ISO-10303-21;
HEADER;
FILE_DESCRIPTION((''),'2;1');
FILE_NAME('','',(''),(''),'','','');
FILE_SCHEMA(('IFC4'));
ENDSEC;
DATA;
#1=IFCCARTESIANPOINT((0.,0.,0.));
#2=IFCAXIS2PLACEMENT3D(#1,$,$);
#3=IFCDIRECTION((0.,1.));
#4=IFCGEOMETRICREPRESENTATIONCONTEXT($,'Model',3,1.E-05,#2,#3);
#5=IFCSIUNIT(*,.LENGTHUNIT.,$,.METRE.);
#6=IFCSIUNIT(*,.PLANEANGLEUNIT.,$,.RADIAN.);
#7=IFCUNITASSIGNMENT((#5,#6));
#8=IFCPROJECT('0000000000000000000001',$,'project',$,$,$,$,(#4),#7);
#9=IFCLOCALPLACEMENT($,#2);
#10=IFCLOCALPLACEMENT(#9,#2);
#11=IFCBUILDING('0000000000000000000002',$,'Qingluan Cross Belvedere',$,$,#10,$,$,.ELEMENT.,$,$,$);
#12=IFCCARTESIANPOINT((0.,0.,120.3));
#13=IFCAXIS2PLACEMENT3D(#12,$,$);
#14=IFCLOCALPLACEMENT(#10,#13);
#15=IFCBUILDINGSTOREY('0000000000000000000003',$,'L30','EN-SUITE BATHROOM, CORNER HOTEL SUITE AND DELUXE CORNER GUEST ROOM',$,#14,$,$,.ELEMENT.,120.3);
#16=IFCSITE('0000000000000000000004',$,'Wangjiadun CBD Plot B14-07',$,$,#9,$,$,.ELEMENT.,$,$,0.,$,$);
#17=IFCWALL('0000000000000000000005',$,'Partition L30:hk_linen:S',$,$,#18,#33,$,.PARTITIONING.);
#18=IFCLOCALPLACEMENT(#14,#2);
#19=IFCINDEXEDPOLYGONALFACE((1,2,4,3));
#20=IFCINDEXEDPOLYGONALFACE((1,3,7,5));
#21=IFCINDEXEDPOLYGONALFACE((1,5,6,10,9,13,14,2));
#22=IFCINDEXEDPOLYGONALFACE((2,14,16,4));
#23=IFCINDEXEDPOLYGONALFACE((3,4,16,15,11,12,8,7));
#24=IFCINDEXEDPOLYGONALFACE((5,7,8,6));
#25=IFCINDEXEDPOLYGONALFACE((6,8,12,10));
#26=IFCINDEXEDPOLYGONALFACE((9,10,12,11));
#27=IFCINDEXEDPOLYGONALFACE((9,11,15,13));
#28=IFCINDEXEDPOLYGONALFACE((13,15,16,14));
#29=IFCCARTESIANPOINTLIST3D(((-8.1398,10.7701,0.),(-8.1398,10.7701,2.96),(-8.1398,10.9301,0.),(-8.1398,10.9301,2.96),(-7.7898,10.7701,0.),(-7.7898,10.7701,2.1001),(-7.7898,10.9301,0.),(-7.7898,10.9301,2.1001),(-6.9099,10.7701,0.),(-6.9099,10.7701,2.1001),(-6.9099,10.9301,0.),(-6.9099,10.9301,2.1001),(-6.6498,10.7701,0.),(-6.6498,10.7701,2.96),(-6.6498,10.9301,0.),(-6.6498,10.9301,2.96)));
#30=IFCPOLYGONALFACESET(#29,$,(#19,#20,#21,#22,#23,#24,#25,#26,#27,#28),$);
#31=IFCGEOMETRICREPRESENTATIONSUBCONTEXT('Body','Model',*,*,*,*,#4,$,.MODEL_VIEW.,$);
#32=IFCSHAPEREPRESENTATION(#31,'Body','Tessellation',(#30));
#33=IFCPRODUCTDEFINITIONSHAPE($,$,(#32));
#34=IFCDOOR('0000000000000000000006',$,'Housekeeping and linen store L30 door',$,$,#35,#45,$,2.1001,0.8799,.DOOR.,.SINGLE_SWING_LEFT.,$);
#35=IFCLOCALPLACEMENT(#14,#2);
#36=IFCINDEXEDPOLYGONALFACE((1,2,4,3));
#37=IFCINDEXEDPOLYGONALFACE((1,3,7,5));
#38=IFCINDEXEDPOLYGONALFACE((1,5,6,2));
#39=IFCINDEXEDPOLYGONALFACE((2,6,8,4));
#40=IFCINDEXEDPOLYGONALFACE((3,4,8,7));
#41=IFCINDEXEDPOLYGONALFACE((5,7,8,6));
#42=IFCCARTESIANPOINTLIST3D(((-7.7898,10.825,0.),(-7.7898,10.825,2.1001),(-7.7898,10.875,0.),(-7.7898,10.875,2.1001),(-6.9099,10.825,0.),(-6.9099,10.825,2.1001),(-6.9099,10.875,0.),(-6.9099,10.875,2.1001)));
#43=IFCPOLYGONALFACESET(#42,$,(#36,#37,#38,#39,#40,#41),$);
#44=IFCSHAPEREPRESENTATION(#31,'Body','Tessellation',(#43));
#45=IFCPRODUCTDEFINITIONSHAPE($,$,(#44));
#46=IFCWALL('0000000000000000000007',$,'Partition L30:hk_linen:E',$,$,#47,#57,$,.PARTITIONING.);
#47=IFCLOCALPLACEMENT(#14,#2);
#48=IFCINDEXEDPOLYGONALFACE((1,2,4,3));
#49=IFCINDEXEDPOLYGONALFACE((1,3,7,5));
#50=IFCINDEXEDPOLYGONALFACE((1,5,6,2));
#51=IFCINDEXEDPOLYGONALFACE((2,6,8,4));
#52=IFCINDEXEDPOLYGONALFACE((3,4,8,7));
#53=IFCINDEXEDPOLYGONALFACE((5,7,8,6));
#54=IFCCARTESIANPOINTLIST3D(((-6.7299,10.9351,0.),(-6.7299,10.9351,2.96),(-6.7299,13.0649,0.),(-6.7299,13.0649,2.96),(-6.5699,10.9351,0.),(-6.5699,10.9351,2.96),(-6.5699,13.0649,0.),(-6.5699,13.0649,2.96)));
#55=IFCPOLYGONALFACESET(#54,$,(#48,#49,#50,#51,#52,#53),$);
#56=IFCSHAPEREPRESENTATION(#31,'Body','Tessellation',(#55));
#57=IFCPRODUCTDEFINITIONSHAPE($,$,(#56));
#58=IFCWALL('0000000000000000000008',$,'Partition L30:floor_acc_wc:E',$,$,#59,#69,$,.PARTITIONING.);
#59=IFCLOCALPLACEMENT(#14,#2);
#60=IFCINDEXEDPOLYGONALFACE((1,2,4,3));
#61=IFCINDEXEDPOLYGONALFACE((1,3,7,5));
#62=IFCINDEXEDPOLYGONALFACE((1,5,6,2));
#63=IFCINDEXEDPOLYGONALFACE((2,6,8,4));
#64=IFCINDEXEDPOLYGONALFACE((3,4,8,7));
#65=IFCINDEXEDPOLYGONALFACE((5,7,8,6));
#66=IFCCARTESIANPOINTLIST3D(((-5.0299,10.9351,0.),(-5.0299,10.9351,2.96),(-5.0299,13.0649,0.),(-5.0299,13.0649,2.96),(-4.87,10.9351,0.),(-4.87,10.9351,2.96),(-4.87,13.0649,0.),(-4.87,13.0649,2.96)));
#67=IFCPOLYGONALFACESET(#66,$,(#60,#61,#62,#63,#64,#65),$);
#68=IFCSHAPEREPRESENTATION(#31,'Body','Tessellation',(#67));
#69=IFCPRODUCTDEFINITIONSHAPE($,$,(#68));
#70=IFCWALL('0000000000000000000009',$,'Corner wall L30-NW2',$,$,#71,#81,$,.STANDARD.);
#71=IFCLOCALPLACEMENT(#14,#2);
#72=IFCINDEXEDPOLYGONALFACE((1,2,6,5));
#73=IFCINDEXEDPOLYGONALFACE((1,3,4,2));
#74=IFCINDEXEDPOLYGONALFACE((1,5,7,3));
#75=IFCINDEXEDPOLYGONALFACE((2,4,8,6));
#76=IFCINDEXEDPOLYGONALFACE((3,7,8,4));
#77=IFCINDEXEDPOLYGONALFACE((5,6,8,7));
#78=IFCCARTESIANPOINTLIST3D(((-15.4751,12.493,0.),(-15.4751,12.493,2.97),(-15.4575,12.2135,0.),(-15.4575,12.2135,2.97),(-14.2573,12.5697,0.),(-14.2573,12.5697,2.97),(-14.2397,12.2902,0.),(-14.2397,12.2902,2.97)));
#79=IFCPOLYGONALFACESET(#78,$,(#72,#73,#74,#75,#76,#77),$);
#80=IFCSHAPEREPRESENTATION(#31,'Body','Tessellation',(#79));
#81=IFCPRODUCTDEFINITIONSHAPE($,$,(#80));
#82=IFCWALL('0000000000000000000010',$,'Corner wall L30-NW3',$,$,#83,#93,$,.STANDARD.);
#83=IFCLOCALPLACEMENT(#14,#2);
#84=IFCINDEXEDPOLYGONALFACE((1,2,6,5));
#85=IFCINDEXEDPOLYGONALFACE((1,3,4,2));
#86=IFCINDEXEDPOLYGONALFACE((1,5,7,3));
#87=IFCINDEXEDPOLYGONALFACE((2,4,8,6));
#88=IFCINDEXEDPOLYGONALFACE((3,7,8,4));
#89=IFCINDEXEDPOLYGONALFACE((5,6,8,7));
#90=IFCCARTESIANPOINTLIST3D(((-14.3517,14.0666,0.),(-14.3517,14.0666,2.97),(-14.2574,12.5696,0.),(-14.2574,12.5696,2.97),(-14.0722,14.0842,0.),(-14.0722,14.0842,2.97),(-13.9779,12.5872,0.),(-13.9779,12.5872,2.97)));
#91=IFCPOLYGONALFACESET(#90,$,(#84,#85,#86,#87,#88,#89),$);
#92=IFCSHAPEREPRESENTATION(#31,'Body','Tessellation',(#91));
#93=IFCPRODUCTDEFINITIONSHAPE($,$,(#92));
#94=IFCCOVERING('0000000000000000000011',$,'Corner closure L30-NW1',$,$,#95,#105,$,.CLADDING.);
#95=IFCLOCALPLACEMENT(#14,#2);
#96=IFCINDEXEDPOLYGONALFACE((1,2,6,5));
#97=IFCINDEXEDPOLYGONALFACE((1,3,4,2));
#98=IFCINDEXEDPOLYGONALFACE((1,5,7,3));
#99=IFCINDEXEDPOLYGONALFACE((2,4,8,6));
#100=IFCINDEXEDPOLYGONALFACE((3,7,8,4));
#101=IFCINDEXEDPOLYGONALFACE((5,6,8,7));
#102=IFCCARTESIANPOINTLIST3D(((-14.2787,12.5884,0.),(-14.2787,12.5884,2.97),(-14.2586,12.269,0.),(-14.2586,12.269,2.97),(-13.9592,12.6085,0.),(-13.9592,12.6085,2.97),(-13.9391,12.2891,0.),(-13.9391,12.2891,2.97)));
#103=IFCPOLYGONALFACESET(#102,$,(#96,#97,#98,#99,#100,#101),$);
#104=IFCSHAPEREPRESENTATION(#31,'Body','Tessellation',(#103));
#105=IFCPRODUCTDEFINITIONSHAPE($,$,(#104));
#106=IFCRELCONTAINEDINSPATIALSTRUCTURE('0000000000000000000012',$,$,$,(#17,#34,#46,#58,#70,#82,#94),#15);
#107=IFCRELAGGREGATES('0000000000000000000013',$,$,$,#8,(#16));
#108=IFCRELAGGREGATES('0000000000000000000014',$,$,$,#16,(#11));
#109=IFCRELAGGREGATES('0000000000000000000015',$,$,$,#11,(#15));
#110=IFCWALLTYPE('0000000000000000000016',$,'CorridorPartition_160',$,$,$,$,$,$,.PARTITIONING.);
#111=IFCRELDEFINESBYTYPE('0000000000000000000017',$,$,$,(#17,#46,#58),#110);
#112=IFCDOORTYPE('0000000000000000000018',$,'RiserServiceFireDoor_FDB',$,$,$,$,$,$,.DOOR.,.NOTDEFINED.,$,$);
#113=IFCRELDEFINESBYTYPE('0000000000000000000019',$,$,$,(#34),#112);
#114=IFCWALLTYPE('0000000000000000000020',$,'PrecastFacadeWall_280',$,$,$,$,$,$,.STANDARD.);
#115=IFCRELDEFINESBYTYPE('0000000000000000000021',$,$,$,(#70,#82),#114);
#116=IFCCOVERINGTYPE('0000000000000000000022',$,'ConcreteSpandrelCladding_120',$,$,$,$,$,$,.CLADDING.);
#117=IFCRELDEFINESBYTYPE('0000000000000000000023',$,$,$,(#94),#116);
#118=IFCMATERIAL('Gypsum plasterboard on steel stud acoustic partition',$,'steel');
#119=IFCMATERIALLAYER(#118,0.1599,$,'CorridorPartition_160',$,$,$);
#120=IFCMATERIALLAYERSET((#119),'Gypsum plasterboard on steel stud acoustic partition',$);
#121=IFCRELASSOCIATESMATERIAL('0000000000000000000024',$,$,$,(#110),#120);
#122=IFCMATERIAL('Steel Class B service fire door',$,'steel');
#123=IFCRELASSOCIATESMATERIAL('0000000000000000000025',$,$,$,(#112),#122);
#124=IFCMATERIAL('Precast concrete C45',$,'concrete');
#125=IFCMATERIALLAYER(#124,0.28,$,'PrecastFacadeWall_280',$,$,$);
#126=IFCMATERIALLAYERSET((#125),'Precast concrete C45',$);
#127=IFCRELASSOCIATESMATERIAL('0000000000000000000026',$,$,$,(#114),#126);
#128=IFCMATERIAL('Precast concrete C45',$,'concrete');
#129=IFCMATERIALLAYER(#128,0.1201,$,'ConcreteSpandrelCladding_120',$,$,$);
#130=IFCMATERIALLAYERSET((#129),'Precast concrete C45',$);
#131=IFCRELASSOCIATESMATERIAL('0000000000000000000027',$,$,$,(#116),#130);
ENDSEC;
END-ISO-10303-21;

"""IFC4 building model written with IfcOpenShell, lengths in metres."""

from ifc_helpers import new_model, si_unit, direction, frame, frame_2d, origin, origin_2d, place, context, subcontext, project, spatial, rectangle, extrude, material, layer, layer_set, type_object, element, fill, save


model = new_model("IFC4")

# Units and contexts
model_context = context("Model", 3, precision=1e-05, world=origin(), true_north=direction((0.0, 1.0)))
body_context = subcontext(model_context, "Body", "Model", "MODEL_VIEW")
ifc_project = project(units=[si_unit("LENGTHUNIT", "METRE"), si_unit("PLANEANGLEUNIT", "RADIAN")], contexts=[model_context])

# Site, building, storey
site_placement = place(None, origin())
site = spatial("IfcSite", under=ifc_project, at=site_placement, Name="Wangjiadun CBD Plot B14-07", CompositionType="ELEMENT", RefElevation=0.0)
building_placement = place(site_placement, origin())
building = spatial("IfcBuilding", under=site, at=building_placement, Name="Qingluan Cross Belvedere", CompositionType="ELEMENT")
storey_placement = place(building_placement, frame((0.0, 0.0, 120.3)))
storey = spatial("IfcBuildingStorey", under=building, at=storey_placement, Name="L30", Description="EN-SUITE BATHROOM, CORNER HOTEL SUITE AND DELUXE CORNER GUEST ROOM", CompositionType="ELEMENT", Elevation=120.3)

# Shared definitions
ifc_material_1 = material(Name="Gypsum plasterboard on steel stud acoustic partition", Category="steel")
ifc_layer_1 = layer(ifc_material_1, 0.1599, Name="CorridorPartition_160")
ifc_layer_set_1 = layer_set([ifc_layer_1], Name="Gypsum plasterboard on steel stud acoustic partition")
wall_type_1 = type_object("IfcWallType", Name="CorridorPartition_160", PredefinedType="PARTITIONING", material=ifc_layer_set_1)

# Wall, opening, door
wall_1_placement = place(storey_placement, frame((-8.1399, 10.8501, 0.0), z_axis=(0.0, 0.0, 1.0), x_axis=(1.0, 0.0, 0.0)))
wall_1 = element("IfcWall", 1, at=wall_1_placement, inside=storey, type_object=wall_type_1, Name="Partition L30:hk_linen:S", PredefinedType="PARTITIONING", context=body_context, shape_type="SweptSolid", body=[
    extrude(rectangle(XDim=1.49, YDim=0.1599, at=frame_2d((0.7451, 0.0))), origin(), (0.0, 0.0, 1.0), 2.96),
])
opening_1_placement = place(wall_1_placement, frame((0.3501, 0.0, 0.0)))
opening_1 = element("IfcOpeningElement", 2, at=opening_1_placement, cuts=wall_1, PredefinedType="OPENING", context=body_context, shape_type="SweptSolid", body=[
    extrude(rectangle(XDim=0.8799, YDim=2.1001, at=frame_2d((0.4399, 1.05))), frame((0.0, 0.0898, 0.0), z_axis=(0.0, -1.0, 0.0), x_axis=(1.0, 0.0, 0.0)), (0.0, 0.0, 1.0), 0.1799),
])
ifc_material_2 = material(Name="Steel Class B service fire door", Category="steel")
door_type_1 = type_object("IfcDoorType", Name="RiserServiceFireDoor_FDB", OperationType="NOTDEFINED", PredefinedType="DOOR", material=ifc_material_2)
door_1_placement = place(opening_1_placement, origin())
door_1 = element("IfcDoor", 3, at=door_1_placement, inside=storey, type_object=door_type_1, Name="Housekeeping and linen store L30 door", OperationType="SINGLE_SWING_LEFT", OverallHeight=2.1001, OverallWidth=0.8799, PredefinedType="DOOR", context=body_context, shape_type="SweptSolid", body=[
    extrude(rectangle(XDim=0.8799, YDim=2.1001, at=frame_2d((0.4399, 1.05))), frame((0.0, 0.0249, 0.0), z_axis=(0.0, -1.0, 0.0), x_axis=(1.0, 0.0, 0.0)), (0.0, 0.0, 1.0), 0.05),
])
fill(opening_1, door_1)

# Wall
wall_2_placement = place(storey_placement, frame((-6.6499, 10.9351, 0.0), z_axis=(0.0, 0.0, 1.0), x_axis=(0.0, 1.0, 0.0)))
element("IfcWall", 4, at=wall_2_placement, inside=storey, type_object=wall_type_1, Name="Partition L30:hk_linen:E", PredefinedType="PARTITIONING", context=body_context, shape_type="SweptSolid", body=[
    extrude(rectangle(XDim=2.1299, YDim=0.1599, at=frame_2d((1.0649, 0.0))), origin(), (0.0, 0.0, 1.0), 2.96),
])

# Walls
wall_3_placement = place(storey_placement, frame((-4.95, 10.9351, 0.0), z_axis=(0.0, 0.0, 1.0), x_axis=(0.0, 1.0, 0.0)))
element("IfcWall", 5, at=wall_3_placement, inside=storey, type_object=wall_type_1, Name="Partition L30:floor_acc_wc:E", PredefinedType="PARTITIONING", context=body_context, shape_type="SweptSolid", body=[
    extrude(rectangle(XDim=2.1299, YDim=0.1599, at=frame_2d((1.0649, 0.0))), origin(), (0.0, 0.0, 1.0), 2.96),
])
ifc_material_3 = material(Name="Precast concrete C45", Category="concrete")
ifc_layer_2 = layer(ifc_material_3, 0.28, Name="PrecastFacadeWall_280")
ifc_layer_set_2 = layer_set([ifc_layer_2], Name="Precast concrete C45")
wall_type_2 = type_object("IfcWallType", Name="PrecastFacadeWall_280", PredefinedType="STANDARD", material=ifc_layer_set_2)
wall_4_placement = place(storey_placement, frame((-15.4663, 12.3533, 0.0), z_axis=(0.0, 0.0, 1.0), x_axis=(0.998024, 0.062827, 0.0)))
element("IfcWall", 6, at=wall_4_placement, inside=storey, type_object=wall_type_2, Name="Corner wall L30-NW2", PredefinedType="STANDARD", context=body_context, shape_type="SweptSolid", body=[
    extrude(rectangle(XDim=1.2202, YDim=0.28, at=frame_2d((0.6101, 0.0))), origin(), (0.0, 0.0, 1.0), 2.97),
])
wall_5_placement = place(storey_placement, frame((-14.1177, 12.5784, 0.0), z_axis=(0.0, 0.0, 1.0), x_axis=(-0.062824, 0.998025, 0.0)))
element("IfcWall", 7, at=wall_5_placement, inside=storey, type_object=wall_type_2, Name="Corner wall L30-NW3", PredefinedType="STANDARD", context=body_context, shape_type="SweptSolid", body=[
    extrude(rectangle(XDim=1.5, YDim=0.28, at=frame_2d((0.75, 0.0))), origin(), (0.0, 0.0, 1.0), 2.97),
])

# Covering
ifc_material_4 = material(Name="Precast concrete C45", Category="concrete")
ifc_layer_3 = layer(ifc_material_4, 0.1201, Name="ConcreteSpandrelCladding_120")
ifc_layer_set_3 = layer_set([ifc_layer_3], Name="Precast concrete C45")
covering_type = type_object("IfcCoveringType", Name="ConcreteSpandrelCladding_120", PredefinedType="CLADDING", material=ifc_layer_set_3)
covering_placement = place(storey_placement, frame((-14.1089, 12.4387, 0.0), z_axis=(0.0, 0.0, 1.0), x_axis=(0.998027, 0.062791, 0.0)))
element("IfcCovering", 8, at=covering_placement, inside=storey, type_object=covering_type, Name="Corner closure L30-NW1", PredefinedType="CLADDING", context=body_context, shape_type="SweptSolid", body=[
    extrude(rectangle(XDim=0.3201, YDim=0.3201, at=origin_2d()), origin(), (0.0, 0.0, 1.0), 2.97),
])

save(model, "model.ifc")
